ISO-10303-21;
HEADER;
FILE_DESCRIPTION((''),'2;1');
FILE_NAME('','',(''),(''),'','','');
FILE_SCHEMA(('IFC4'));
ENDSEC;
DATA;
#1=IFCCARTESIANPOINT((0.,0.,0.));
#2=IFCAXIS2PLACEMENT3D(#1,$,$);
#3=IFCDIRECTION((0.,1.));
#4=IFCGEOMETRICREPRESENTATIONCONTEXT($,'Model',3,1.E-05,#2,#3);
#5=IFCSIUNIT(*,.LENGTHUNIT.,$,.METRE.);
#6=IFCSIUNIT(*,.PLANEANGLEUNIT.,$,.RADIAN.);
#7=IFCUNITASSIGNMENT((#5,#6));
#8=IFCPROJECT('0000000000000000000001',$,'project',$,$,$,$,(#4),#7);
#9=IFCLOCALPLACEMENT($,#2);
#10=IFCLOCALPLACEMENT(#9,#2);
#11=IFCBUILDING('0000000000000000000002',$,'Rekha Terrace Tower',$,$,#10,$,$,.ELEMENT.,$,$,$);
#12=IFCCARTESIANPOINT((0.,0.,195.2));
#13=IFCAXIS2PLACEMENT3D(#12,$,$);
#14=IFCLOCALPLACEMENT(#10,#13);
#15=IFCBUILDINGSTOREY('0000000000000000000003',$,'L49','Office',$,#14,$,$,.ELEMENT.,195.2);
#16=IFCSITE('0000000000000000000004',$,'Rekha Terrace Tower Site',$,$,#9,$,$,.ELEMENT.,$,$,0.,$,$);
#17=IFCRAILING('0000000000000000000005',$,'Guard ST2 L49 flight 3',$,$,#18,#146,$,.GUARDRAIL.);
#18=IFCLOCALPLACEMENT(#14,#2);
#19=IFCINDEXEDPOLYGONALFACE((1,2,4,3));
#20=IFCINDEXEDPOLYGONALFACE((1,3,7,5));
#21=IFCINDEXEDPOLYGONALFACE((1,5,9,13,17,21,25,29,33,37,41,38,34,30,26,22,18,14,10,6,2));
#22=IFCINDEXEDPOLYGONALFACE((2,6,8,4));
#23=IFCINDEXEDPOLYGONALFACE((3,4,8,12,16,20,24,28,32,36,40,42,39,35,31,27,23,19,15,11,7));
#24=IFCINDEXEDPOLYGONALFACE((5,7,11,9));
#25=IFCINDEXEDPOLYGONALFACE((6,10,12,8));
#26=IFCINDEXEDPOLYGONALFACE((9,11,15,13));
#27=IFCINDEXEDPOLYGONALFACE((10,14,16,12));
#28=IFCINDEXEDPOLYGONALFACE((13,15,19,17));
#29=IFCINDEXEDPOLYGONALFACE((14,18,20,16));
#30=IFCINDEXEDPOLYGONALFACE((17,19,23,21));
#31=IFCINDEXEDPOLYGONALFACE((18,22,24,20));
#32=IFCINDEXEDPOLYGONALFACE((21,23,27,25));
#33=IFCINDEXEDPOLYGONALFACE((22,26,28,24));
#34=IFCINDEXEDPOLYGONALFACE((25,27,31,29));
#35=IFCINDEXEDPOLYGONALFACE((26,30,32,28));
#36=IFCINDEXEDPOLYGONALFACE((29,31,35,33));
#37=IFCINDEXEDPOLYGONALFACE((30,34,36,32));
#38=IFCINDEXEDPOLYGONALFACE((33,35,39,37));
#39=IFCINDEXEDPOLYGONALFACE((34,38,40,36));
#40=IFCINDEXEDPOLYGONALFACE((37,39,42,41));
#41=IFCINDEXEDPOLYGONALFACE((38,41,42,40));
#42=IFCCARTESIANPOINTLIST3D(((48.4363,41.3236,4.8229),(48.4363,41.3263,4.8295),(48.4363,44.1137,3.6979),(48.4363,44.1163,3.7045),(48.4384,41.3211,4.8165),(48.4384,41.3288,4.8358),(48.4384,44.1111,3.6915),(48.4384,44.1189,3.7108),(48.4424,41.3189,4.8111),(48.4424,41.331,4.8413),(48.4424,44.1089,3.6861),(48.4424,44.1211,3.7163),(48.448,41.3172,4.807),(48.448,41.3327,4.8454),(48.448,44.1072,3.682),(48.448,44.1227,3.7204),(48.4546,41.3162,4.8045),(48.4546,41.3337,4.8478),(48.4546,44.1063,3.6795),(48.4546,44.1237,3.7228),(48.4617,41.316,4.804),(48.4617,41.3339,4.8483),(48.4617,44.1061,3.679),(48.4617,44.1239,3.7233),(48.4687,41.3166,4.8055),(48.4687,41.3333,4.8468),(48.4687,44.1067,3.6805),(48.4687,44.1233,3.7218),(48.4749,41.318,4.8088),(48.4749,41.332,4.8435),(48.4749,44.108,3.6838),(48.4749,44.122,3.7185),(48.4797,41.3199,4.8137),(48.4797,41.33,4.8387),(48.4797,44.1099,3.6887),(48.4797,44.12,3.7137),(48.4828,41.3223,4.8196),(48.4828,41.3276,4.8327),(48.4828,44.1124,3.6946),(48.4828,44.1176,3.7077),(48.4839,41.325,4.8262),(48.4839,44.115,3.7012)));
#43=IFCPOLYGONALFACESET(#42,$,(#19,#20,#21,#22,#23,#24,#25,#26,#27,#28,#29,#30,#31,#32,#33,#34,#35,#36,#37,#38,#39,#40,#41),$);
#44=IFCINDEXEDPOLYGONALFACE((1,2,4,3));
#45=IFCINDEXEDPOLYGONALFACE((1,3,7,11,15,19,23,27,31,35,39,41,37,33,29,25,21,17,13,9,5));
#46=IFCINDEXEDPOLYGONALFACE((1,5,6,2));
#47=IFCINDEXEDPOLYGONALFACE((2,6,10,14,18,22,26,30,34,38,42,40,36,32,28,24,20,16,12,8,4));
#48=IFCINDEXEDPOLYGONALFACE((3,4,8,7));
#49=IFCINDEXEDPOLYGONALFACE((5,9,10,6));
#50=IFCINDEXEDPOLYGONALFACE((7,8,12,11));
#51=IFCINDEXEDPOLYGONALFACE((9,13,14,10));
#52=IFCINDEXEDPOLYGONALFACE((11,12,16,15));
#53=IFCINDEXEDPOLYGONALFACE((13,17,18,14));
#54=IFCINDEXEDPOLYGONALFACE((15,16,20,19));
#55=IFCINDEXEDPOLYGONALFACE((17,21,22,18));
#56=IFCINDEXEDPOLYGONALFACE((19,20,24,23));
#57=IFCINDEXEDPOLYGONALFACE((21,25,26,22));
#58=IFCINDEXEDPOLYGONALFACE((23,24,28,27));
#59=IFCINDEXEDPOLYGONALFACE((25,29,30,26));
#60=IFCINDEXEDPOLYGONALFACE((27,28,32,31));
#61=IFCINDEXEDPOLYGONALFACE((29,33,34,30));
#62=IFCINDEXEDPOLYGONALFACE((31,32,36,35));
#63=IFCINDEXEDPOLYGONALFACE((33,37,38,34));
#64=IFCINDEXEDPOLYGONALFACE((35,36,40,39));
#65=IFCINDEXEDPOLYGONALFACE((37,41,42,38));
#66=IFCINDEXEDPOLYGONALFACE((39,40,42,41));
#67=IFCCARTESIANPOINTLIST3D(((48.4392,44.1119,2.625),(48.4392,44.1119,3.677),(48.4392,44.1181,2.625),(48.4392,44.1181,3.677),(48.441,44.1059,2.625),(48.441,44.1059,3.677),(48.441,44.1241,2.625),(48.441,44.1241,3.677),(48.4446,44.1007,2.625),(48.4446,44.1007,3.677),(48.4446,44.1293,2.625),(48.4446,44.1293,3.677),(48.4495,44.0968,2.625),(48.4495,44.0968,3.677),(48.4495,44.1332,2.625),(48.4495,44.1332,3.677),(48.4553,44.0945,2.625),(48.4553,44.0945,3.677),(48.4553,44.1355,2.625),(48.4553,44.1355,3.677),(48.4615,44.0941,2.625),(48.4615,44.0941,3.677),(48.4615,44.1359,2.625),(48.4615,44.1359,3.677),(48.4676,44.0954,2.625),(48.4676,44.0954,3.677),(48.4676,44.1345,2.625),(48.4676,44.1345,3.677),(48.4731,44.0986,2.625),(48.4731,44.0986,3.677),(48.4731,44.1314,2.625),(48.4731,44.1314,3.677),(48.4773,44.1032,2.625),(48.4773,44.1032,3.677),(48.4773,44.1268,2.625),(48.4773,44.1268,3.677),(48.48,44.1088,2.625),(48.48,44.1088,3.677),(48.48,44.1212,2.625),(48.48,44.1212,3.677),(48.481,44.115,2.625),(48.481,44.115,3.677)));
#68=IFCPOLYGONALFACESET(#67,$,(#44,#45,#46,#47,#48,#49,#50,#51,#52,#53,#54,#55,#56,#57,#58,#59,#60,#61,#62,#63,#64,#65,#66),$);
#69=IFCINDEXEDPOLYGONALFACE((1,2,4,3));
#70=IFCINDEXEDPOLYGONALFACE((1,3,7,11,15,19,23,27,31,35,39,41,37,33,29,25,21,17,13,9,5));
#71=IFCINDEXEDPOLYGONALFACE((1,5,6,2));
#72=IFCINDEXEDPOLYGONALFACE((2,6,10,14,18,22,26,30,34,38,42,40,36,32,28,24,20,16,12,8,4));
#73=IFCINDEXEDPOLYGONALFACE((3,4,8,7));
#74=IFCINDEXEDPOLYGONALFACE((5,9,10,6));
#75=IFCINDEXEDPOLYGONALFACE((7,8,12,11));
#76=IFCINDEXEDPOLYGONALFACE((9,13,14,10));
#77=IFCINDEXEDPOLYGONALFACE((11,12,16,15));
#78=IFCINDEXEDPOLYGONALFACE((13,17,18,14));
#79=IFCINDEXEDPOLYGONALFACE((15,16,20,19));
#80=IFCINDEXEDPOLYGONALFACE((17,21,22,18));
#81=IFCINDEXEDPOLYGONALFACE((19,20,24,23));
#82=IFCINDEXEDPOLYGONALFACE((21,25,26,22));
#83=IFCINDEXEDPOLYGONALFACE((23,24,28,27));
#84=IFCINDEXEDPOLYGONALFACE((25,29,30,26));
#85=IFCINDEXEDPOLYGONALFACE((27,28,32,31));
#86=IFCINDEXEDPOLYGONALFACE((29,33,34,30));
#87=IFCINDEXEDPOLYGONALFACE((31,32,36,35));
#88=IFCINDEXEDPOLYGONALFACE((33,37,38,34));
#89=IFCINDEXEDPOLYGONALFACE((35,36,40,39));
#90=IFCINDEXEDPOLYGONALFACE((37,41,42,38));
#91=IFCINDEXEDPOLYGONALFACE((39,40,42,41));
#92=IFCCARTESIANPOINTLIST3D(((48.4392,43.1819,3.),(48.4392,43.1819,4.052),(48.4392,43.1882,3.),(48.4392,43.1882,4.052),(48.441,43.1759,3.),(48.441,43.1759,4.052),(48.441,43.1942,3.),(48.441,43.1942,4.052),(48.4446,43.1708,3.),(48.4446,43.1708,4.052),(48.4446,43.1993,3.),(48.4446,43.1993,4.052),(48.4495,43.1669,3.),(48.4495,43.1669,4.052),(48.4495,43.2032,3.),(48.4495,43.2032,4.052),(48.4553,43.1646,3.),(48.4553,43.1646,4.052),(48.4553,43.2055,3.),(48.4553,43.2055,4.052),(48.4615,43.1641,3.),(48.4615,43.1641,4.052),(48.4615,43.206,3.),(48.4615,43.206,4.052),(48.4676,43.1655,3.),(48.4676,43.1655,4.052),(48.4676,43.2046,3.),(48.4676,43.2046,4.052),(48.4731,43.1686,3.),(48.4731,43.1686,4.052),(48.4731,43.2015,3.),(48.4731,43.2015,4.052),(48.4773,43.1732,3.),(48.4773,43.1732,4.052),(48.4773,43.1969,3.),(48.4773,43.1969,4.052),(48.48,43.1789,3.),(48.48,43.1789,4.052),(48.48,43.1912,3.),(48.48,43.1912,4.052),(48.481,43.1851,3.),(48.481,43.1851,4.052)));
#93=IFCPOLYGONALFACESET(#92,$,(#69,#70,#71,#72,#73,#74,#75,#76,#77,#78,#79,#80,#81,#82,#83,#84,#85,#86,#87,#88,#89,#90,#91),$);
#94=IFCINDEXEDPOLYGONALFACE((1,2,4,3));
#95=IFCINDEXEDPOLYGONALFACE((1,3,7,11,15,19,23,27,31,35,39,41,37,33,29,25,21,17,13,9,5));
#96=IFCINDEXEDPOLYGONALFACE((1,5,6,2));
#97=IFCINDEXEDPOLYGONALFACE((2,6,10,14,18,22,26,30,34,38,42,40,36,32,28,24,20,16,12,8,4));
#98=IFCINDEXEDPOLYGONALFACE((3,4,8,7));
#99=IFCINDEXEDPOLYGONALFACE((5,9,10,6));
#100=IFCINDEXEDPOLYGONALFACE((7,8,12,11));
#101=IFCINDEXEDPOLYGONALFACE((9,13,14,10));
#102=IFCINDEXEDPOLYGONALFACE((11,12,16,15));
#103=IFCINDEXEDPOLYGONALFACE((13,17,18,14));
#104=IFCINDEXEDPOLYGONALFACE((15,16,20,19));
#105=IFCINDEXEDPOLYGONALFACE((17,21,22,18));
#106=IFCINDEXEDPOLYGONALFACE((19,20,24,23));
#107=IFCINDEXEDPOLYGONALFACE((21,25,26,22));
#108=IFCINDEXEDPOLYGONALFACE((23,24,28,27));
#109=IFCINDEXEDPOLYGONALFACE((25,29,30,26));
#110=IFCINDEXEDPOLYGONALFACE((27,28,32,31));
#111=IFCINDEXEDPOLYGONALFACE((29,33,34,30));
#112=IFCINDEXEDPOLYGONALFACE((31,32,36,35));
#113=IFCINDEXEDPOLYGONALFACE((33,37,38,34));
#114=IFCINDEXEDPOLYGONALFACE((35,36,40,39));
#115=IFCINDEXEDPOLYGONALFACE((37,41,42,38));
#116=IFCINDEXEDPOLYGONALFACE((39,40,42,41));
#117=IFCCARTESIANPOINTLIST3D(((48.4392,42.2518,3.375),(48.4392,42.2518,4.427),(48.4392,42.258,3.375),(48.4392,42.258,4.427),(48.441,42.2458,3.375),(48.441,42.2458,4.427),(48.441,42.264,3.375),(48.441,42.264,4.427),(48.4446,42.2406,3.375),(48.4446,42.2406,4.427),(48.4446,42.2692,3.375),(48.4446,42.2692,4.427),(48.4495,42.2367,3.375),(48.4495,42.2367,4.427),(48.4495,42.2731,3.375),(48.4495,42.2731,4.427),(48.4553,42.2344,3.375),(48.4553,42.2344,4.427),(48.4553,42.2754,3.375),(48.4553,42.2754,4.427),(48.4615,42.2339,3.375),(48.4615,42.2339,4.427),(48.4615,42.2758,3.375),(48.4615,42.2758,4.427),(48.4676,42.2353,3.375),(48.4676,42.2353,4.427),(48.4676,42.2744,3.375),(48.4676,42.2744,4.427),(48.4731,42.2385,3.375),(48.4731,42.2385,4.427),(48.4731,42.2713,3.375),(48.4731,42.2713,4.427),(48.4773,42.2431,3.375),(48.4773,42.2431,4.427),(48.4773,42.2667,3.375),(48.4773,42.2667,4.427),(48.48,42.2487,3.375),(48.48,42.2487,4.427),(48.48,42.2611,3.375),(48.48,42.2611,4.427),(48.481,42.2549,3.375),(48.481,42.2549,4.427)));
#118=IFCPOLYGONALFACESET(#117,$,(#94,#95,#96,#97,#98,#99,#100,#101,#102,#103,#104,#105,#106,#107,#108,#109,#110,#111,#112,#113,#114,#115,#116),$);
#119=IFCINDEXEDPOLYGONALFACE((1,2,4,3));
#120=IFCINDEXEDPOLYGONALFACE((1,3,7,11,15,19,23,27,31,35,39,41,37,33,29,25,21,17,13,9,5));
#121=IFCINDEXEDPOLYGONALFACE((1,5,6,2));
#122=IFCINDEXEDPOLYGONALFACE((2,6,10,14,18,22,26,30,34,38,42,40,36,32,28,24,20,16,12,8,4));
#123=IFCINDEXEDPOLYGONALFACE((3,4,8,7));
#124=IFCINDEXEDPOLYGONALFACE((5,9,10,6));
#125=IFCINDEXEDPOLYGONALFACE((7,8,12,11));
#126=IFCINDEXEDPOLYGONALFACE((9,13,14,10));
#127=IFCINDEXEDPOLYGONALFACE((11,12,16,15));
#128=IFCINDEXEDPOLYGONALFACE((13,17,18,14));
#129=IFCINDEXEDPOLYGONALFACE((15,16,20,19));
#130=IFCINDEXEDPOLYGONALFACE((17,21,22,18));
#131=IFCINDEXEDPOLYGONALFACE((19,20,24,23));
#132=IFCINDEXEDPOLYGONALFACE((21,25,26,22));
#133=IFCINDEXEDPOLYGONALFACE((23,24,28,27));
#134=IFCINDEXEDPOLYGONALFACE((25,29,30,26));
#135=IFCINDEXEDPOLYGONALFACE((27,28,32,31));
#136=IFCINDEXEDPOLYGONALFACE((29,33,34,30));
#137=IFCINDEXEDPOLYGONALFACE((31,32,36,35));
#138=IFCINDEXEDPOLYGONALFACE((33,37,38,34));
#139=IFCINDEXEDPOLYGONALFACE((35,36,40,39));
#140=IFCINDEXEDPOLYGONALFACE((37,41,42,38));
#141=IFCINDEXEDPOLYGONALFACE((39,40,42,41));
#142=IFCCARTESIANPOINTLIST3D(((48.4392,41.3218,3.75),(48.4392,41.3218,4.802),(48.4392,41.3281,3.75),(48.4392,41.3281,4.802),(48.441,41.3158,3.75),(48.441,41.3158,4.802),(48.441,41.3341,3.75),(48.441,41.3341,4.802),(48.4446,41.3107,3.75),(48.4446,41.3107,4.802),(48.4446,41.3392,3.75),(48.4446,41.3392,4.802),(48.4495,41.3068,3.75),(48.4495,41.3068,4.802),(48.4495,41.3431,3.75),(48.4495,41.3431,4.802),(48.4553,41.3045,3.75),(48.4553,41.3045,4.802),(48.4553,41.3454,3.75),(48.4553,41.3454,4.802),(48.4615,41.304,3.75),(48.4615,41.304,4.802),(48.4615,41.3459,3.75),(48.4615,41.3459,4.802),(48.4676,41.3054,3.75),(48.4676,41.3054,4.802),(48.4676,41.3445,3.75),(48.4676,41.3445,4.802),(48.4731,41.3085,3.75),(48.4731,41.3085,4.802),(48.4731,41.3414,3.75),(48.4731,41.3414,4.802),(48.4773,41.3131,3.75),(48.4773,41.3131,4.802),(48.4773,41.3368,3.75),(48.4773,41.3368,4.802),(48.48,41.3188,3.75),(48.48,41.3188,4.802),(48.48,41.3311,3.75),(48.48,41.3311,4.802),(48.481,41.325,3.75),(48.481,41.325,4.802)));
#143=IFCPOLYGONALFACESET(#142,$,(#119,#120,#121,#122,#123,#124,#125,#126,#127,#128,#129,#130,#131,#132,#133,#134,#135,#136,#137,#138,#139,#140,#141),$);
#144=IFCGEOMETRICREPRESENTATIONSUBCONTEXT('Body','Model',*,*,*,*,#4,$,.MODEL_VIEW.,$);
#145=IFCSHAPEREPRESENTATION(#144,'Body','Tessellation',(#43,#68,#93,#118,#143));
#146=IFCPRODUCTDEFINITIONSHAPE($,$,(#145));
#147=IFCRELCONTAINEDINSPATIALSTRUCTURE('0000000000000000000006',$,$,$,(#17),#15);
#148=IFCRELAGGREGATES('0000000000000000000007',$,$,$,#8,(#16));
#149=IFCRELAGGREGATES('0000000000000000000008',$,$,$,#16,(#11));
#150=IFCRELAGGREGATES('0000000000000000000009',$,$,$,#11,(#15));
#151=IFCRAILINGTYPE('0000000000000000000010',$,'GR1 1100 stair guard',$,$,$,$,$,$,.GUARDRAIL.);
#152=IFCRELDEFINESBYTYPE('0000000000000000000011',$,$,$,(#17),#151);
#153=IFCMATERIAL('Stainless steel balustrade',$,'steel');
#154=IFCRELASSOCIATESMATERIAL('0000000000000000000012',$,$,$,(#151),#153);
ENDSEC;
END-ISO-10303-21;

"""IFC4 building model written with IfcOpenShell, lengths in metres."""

from ifc_helpers import new_model, si_unit, direction, frame, origin, origin_2d, place, context, subcontext, project, spatial, circle, extrude, material, type_object, element, save


model = new_model("IFC4")

# Units and contexts
model_context = context("Model", 3, precision=1e-05, world=origin(), true_north=direction((0.0, 1.0)))
body_context = subcontext(model_context, "Body", "Model", "MODEL_VIEW")
ifc_project = project(units=[si_unit("LENGTHUNIT", "METRE"), si_unit("PLANEANGLEUNIT", "RADIAN")], contexts=[model_context])

# Site, building, storey
site_placement = place(None, origin())
site = spatial("IfcSite", under=ifc_project, at=site_placement, Name="Rekha Terrace Tower Site", CompositionType="ELEMENT", RefElevation=0.0)
building_placement = place(site_placement, origin())
building = spatial("IfcBuilding", under=site, at=building_placement, Name="Rekha Terrace Tower", CompositionType="ELEMENT")
storey_placement = place(building_placement, frame((0.0, 0.0, 195.2)))
storey = spatial("IfcBuildingStorey", under=building, at=storey_placement, Name="L49", Description="Office", CompositionType="ELEMENT", Elevation=195.2)

# Railing
ifc_material_1 = material(Name="Stainless steel balustrade", Category="steel")
railing_type_1 = type_object("IfcRailingType", Name="GR1 1100 stair guard", PredefinedType="GUARDRAIL", material=ifc_material_1)
railing_1_placement = place(storey_placement, frame((48.46, 44.115, 2.625)))
element("IfcRailing", 1, at=railing_1_placement, inside=storey, type_object=railing_type_1, Name="Guard ST2 L49 flight 3", PredefinedType="GUARDRAIL", context=body_context, shape_type="SweptSolid", body=[
    extrude(circle(Radius=0.0239, at=origin_2d()), frame((0.0, 0.0, 1.0762), z_axis=(0.0, -0.927443, 0.373964), x_axis=(1.0, 0.0, 0.0)), (0.0, 0.0, 1.0), 3.0083),
    extrude(circle(Radius=0.021, at=origin_2d()), origin(), (0.0, 0.0, 1.0), 1.052),
    extrude(circle(Radius=0.021, at=origin_2d()), frame((0.0, -0.9299, 0.375)), (0.0, 0.0, 1.0), 1.052),
    extrude(circle(Radius=0.021, at=origin_2d()), frame((0.0, -1.8601, 0.75)), (0.0, 0.0, 1.0), 1.052),
    extrude(circle(Radius=0.021, at=origin_2d()), frame((0.0, -2.79, 1.125)), (0.0, 0.0, 1.0), 1.052),
])

save(model, "model.ifc")
